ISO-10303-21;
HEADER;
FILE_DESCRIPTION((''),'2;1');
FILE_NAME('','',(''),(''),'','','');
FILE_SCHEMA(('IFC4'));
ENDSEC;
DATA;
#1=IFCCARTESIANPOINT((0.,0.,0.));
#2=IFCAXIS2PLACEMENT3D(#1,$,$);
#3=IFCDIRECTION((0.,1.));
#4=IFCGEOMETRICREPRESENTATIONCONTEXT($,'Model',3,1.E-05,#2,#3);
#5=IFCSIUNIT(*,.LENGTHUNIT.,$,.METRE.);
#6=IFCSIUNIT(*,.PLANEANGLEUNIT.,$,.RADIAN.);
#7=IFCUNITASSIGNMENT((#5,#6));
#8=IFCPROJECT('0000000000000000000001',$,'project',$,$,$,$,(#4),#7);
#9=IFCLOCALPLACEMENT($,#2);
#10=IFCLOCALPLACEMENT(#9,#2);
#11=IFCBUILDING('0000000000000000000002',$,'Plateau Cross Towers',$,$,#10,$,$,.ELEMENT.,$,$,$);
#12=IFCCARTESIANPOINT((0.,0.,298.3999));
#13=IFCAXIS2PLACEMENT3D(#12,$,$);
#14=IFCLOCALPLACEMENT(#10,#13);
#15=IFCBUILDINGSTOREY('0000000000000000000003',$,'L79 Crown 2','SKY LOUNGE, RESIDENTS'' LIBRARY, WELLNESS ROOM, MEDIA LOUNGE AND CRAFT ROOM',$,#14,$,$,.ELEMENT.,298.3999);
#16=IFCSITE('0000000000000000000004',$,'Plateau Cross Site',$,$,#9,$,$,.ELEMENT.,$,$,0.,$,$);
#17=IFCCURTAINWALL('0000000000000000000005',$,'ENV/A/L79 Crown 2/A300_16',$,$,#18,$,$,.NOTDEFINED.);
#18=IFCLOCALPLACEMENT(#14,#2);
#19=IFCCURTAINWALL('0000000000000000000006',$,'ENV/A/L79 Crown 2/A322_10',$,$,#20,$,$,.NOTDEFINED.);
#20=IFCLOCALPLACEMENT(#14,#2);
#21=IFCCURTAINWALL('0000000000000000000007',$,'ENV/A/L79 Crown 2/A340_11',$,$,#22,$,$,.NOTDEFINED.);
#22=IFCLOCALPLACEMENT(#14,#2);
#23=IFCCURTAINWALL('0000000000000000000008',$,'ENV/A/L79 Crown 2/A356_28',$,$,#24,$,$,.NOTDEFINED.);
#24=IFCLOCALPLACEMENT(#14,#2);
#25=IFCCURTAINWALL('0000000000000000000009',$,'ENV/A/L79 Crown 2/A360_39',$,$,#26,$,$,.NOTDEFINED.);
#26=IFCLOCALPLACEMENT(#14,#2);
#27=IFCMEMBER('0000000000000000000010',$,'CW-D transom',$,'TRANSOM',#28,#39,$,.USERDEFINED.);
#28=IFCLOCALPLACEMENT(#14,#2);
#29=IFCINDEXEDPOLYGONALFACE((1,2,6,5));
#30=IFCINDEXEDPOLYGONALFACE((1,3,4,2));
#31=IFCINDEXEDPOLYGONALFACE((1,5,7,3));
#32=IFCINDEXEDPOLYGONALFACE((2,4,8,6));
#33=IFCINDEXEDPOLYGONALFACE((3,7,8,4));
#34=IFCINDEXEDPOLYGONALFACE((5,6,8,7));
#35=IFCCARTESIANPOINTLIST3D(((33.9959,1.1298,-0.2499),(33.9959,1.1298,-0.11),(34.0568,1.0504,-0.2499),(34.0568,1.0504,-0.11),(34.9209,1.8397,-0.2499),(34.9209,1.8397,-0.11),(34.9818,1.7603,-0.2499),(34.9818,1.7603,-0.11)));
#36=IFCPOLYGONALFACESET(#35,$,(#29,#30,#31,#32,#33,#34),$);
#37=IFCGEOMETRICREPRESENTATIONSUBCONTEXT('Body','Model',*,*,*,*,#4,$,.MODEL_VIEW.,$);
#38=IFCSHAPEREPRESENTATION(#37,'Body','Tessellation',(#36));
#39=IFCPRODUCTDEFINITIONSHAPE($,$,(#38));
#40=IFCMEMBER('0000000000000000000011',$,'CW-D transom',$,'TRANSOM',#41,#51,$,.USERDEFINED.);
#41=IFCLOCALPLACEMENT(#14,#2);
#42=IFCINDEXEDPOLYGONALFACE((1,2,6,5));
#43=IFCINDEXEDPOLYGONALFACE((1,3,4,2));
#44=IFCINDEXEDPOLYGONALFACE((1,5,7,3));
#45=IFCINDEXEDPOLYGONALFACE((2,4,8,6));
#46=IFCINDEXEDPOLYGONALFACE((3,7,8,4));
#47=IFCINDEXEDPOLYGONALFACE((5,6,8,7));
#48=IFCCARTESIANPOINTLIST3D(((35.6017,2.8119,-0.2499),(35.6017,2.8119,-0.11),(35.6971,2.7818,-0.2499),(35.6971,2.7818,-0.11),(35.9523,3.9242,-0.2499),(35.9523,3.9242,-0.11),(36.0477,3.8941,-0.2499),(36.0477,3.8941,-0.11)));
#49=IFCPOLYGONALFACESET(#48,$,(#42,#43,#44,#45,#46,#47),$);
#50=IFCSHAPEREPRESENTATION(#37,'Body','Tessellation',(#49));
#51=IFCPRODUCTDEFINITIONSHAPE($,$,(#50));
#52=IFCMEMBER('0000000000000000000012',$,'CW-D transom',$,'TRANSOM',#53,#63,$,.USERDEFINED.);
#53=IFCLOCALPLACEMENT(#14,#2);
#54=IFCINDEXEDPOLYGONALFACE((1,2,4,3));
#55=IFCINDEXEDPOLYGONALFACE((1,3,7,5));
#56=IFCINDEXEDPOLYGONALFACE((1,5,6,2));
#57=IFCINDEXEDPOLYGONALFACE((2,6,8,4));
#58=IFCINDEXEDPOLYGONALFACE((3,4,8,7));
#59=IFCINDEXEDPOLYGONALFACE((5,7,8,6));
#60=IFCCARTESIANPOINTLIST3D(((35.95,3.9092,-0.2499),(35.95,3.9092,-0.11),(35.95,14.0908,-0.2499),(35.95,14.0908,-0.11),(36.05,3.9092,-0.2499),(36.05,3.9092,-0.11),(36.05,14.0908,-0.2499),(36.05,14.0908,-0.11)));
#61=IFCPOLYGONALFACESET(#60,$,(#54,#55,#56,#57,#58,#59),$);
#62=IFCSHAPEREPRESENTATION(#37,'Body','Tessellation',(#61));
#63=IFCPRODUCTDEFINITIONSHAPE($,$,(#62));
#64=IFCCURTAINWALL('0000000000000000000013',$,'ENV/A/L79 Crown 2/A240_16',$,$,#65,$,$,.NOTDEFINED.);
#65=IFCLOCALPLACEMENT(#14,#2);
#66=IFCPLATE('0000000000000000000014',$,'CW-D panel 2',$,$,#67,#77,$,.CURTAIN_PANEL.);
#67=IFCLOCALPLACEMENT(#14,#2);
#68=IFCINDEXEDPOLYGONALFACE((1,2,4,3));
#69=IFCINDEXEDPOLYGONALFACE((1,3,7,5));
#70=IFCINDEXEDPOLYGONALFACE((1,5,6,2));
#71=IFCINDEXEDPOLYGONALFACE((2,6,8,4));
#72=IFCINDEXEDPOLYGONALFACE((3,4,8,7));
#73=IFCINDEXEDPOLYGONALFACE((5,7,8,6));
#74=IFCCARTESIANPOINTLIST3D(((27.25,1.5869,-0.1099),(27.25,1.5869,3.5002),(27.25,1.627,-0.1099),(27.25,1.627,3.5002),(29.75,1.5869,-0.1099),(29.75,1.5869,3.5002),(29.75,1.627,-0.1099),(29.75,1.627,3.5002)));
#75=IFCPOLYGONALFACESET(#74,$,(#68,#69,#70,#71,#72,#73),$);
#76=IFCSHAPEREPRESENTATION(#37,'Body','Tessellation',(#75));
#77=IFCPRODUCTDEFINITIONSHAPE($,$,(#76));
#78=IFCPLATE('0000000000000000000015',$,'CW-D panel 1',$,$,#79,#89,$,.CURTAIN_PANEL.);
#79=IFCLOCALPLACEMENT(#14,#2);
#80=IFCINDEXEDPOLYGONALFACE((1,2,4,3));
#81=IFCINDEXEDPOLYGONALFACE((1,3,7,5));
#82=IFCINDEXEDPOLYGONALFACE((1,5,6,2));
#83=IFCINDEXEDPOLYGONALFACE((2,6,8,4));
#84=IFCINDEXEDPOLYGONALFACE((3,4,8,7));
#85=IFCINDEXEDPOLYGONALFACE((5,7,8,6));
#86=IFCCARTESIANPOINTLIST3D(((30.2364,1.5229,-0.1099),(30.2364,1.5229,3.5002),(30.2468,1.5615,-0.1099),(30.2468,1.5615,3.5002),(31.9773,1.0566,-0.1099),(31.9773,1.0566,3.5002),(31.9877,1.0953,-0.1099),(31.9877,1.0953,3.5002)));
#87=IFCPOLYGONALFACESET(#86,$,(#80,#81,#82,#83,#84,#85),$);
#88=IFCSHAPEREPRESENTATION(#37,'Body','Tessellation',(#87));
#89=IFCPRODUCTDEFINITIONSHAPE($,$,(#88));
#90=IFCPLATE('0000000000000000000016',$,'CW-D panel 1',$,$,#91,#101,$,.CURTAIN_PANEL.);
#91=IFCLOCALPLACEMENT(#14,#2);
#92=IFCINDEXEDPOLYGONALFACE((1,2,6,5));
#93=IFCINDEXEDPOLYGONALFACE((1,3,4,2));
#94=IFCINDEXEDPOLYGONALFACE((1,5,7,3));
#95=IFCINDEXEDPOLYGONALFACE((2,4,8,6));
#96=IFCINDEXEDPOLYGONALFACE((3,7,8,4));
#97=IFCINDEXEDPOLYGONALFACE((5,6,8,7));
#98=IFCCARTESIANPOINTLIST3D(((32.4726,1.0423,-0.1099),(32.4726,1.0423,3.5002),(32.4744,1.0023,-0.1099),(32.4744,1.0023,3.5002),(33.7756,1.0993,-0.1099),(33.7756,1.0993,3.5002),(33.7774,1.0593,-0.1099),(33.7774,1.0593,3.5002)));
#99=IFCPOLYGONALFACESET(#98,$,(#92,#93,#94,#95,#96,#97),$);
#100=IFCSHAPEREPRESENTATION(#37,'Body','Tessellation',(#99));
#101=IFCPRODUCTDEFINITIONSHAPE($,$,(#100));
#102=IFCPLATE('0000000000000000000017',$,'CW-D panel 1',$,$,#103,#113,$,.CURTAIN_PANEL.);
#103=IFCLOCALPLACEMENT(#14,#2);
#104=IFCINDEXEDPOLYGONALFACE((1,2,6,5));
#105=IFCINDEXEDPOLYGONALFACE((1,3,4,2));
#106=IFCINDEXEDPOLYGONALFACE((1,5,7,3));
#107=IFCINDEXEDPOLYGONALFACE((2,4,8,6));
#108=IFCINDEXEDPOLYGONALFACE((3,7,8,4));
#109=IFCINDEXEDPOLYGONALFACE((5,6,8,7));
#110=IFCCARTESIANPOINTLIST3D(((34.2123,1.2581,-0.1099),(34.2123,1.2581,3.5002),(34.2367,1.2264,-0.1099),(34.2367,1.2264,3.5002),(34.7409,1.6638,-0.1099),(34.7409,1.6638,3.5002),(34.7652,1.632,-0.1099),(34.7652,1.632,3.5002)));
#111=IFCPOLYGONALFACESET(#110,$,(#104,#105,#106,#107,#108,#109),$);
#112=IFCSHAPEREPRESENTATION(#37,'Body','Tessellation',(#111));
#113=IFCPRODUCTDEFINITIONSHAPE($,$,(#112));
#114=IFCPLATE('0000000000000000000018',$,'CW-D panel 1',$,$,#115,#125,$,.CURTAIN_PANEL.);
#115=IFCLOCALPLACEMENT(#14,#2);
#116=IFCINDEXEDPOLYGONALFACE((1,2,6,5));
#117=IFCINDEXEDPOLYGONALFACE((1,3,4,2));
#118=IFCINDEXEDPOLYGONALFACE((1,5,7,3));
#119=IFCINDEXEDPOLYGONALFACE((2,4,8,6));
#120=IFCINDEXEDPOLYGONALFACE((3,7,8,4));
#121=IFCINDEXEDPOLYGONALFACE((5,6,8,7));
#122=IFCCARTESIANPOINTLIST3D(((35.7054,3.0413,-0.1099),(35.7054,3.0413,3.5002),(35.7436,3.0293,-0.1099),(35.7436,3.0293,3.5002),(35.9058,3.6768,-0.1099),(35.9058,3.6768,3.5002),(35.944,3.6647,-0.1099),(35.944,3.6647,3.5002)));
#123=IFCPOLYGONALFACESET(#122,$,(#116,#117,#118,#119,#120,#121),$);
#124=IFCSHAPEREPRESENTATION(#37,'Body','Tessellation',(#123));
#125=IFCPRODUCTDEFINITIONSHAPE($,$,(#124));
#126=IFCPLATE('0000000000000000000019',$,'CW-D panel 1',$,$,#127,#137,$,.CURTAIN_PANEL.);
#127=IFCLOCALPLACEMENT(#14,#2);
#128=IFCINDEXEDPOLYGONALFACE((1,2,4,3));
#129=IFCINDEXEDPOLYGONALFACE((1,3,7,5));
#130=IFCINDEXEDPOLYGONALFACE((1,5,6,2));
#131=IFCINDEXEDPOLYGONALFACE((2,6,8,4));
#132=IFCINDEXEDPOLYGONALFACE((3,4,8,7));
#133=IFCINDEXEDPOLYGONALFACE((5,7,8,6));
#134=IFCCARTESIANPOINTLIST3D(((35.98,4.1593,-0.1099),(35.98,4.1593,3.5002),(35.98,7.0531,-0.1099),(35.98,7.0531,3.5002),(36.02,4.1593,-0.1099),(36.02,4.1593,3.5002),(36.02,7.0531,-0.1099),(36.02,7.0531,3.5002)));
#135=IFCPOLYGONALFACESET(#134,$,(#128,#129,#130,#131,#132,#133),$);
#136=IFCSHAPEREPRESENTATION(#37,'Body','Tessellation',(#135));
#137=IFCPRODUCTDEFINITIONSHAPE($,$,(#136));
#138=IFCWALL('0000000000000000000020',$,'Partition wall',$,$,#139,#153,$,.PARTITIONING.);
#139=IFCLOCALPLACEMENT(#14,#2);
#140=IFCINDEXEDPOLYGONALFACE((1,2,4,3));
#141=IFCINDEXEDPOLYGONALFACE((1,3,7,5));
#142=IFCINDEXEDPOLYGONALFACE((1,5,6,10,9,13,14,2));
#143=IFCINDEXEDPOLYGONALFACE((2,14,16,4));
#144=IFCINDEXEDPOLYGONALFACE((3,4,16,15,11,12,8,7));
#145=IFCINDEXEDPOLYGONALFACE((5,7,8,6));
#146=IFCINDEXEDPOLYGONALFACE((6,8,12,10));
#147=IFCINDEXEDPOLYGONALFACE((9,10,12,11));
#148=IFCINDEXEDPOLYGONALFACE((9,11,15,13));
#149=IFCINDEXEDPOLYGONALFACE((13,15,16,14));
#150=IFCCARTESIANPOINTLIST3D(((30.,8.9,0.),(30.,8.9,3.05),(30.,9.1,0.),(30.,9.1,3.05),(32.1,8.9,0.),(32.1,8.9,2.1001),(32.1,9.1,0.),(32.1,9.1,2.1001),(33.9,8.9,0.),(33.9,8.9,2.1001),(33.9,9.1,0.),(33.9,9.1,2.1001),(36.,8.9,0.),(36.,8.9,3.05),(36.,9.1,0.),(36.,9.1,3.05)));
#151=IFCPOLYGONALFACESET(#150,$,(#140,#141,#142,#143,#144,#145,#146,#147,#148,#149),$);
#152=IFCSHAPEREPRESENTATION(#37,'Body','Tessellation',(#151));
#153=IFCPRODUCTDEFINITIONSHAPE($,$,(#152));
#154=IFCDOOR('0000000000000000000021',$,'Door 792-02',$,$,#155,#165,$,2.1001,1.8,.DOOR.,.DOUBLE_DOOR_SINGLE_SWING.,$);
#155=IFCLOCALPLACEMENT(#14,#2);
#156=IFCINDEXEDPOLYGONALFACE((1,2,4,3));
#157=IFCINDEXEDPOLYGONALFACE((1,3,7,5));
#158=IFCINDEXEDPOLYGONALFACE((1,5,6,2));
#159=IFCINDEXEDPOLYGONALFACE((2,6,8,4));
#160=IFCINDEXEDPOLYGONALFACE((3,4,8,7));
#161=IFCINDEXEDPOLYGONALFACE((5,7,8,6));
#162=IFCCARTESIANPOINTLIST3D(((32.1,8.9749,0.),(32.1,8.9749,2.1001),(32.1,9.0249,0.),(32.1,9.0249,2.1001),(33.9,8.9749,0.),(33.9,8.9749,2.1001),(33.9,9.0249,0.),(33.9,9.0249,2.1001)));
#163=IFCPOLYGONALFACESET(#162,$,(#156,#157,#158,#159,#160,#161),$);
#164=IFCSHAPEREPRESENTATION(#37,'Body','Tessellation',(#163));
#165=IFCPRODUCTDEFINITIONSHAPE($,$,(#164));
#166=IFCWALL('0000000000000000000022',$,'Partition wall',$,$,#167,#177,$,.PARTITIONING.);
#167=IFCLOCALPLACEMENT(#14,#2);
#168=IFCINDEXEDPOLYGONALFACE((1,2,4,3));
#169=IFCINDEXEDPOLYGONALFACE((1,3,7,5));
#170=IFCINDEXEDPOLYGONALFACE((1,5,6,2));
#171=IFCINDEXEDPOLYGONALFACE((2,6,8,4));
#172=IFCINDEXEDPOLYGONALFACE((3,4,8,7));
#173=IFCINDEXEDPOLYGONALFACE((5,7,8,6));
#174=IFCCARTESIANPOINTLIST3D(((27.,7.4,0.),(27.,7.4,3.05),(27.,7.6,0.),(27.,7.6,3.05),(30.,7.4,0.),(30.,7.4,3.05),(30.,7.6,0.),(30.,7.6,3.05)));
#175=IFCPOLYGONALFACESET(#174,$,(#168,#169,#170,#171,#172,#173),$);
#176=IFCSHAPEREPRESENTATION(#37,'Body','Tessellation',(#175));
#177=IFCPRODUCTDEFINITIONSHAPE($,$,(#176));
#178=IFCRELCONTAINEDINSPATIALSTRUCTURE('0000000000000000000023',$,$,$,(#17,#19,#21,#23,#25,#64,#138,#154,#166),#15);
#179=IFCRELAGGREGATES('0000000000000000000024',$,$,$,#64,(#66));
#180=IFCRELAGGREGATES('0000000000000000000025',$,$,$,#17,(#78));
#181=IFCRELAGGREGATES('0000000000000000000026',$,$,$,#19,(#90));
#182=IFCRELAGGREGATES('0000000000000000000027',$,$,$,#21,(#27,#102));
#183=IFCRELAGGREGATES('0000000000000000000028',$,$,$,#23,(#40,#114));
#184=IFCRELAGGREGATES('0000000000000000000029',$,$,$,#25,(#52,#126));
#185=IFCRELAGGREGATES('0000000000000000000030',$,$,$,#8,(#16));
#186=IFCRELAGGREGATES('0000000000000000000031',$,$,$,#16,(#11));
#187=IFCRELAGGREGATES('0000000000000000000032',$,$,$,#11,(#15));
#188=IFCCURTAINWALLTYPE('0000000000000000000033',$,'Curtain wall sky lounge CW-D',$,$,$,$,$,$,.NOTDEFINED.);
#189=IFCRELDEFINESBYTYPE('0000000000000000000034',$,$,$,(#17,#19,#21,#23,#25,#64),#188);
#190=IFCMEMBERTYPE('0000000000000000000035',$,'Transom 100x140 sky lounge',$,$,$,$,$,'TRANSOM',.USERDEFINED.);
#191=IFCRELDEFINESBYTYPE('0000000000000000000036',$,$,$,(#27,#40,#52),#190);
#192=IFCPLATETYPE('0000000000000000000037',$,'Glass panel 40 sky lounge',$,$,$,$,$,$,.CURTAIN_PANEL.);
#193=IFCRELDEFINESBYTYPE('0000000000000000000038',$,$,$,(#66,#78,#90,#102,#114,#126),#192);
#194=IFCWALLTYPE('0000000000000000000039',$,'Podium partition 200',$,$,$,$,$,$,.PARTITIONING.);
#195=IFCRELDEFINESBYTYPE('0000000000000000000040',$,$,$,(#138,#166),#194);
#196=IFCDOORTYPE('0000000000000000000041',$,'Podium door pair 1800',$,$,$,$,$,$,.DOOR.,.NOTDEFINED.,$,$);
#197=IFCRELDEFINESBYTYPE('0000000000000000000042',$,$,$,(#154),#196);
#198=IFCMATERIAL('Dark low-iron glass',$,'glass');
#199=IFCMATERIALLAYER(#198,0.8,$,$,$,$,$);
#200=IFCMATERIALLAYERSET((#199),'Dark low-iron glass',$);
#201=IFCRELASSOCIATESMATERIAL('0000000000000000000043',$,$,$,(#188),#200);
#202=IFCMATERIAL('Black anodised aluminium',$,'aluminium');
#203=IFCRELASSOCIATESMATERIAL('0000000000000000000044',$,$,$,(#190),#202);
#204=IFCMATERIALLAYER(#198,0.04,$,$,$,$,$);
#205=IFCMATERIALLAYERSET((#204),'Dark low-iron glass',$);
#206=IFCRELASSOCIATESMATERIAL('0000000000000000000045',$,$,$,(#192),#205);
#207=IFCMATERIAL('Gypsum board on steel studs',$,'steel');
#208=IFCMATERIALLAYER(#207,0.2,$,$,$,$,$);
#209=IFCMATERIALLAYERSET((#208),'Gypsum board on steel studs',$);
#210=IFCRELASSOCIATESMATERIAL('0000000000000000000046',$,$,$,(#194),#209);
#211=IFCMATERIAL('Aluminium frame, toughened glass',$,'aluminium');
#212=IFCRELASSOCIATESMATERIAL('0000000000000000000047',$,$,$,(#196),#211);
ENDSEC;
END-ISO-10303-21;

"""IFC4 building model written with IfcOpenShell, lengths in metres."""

from ifc_helpers import new_model, si_unit, direction, frame, frame_2d, origin, origin_2d, place, context, subcontext, project, spatial, rectangle, extrude, material, layer, layer_set, material_profile, profile_set, type_object, element, fill, aggregate, save


model = new_model("IFC4")

# Units and contexts
model_context = context("Model", 3, precision=1e-05, world=origin(), true_north=direction((0.0, 1.0)))
body_context = subcontext(model_context, "Body", "Model", "MODEL_VIEW")
ifc_project = project(units=[si_unit("LENGTHUNIT", "METRE"), si_unit("PLANEANGLEUNIT", "RADIAN")], contexts=[model_context])

# Site, building, storey
site_placement = place(None, origin())
site = spatial("IfcSite", under=ifc_project, at=site_placement, Name="Plateau Cross Site", CompositionType="ELEMENT", RefElevation=0.0)
building_placement = place(site_placement, origin())
building = spatial("IfcBuilding", under=site, at=building_placement, Name="Plateau Cross Towers", CompositionType="ELEMENT")
storey_placement = place(building_placement, frame((0.0, 0.0, 298.3999)))
storey = spatial("IfcBuildingStorey", under=building, at=storey_placement, Name="L79 Crown 2", Description="SKY LOUNGE, RESIDENTS' LIBRARY, WELLNESS ROOM, MEDIA LOUNGE AND CRAFT ROOM", CompositionType="ELEMENT", Elevation=298.3999)

# Curtain walls
ifc_material_1 = material(Name="Dark low-iron glass", Category="glass")
ifc_layer_1 = layer(ifc_material_1, 0.8)
ifc_layer_set_1 = layer_set([ifc_layer_1], Name="Dark low-iron glass")
curtain_wall_type = type_object("IfcCurtainWallType", Name="Curtain wall sky lounge CW-D", PredefinedType="NOTDEFINED", material=ifc_layer_set_1)
curtain_wall_1_placement = place(storey_placement, origin())
curtain_wall_1 = element("IfcCurtainWall", 1, at=curtain_wall_1_placement, inside=storey, type_object=curtain_wall_type, Name="ENV/A/L79 Crown 2/A300_16", PredefinedType="NOTDEFINED")
ifc_material_2 = material(Name="Black anodised aluminium", Category="aluminium")
curtain_wall_2_placement = place(storey_placement, origin())
curtain_wall_2 = element("IfcCurtainWall", 2, at=curtain_wall_2_placement, inside=storey, type_object=curtain_wall_type, Name="ENV/A/L79 Crown 2/A322_10", PredefinedType="NOTDEFINED")

# Curtain wall
curtain_wall_3_placement = place(storey_placement, origin())
curtain_wall_3 = element("IfcCurtainWall", 3, at=curtain_wall_3_placement, inside=storey, type_object=curtain_wall_type, Name="ENV/A/L79 Crown 2/A340_11", PredefinedType="NOTDEFINED")

# Curtain wall
curtain_wall_4_placement = place(storey_placement, origin())
curtain_wall_4 = element("IfcCurtainWall", 4, at=curtain_wall_4_placement, inside=storey, type_object=curtain_wall_type, Name="ENV/A/L79 Crown 2/A356_28", PredefinedType="NOTDEFINED")

# Curtain wall
curtain_wall_5_placement = place(storey_placement, origin())
curtain_wall_5 = element("IfcCurtainWall", 5, at=curtain_wall_5_placement, inside=storey, type_object=curtain_wall_type, Name="ENV/A/L79 Crown 2/A360_39", PredefinedType="NOTDEFINED")

# Members
ifc_material_profile_1 = material_profile(ifc_material_2, rectangle(XDim=0.1001, YDim=0.1399, at=origin_2d()), Name="TRANSOM 100x140")
ifc_profile_set_1 = profile_set([ifc_material_profile_1], Name="Black anodised aluminium")
member_type_1 = type_object("IfcMemberType", Name="Transom 100x140 sky lounge", ElementType="TRANSOM", PredefinedType="USERDEFINED", material=ifc_profile_set_1)
member_1_placement = place(storey_placement, frame((34.0264, 1.0901, -0.1799), z_axis=(0.793293, 0.60884, 0.0), x_axis=(-0.60884, 0.793293, 0.0)))
member_1 = element("IfcMember", 6, at=member_1_placement, type_object=member_type_1, Name="CW-D transom", ObjectType="TRANSOM", PredefinedType="USERDEFINED", context=body_context, shape_type="SweptSolid", body=[
    extrude(rectangle(XDim=0.1001, YDim=0.1399, at=origin_2d()), origin(), (0.0, 0.0, 1.0), 1.166),
])
member_2_placement = place(storey_placement, frame((35.6494, 2.7969, -0.1799), z_axis=(0.30061, 0.953747, 0.0), x_axis=(-0.953747, 0.30061, 0.0)))
member_2 = element("IfcMember", 7, at=member_2_placement, type_object=member_type_1, Name="CW-D transom", ObjectType="TRANSOM", PredefinedType="USERDEFINED", context=body_context, shape_type="SweptSolid", body=[
    extrude(rectangle(XDim=0.1001, YDim=0.1399, at=origin_2d()), origin(), (0.0, 0.0, 1.0), 1.1663),
])
member_3_placement = place(storey_placement, frame((36.0, 3.9092, -0.1799), z_axis=(0.0, 1.0, 0.0), x_axis=(-1.0, 0.0, 0.0)))
member_3 = element("IfcMember", 8, at=member_3_placement, type_object=member_type_1, Name="CW-D transom", ObjectType="TRANSOM", PredefinedType="USERDEFINED", context=body_context, shape_type="SweptSolid", body=[
    extrude(rectangle(XDim=0.1001, YDim=0.1399, at=origin_2d()), origin(), (0.0, 0.0, 1.0), 10.1816),
])

# Curtain wall, plate
curtain_wall_6_placement = place(storey_placement, origin())
curtain_wall_6 = element("IfcCurtainWall", 9, at=curtain_wall_6_placement, inside=storey, type_object=curtain_wall_type, Name="ENV/A/L79 Crown 2/A240_16", PredefinedType="NOTDEFINED")
ifc_layer_2 = layer(ifc_material_1, 0.04)
ifc_layer_set_2 = layer_set([ifc_layer_2], Name="Dark low-iron glass")
plate_type = type_object("IfcPlateType", Name="Glass panel 40 sky lounge", PredefinedType="CURTAIN_PANEL", material=ifc_layer_set_2)
plate_1_placement = place(storey_placement, frame((28.5, 1.6069, -0.1099), z_axis=(0.0, 0.0, 1.0), x_axis=(1.0, 0.0, 0.0)))
plate_1 = element("IfcPlate", 10, at=plate_1_placement, type_object=plate_type, Name="CW-D panel 2", PredefinedType="CURTAIN_PANEL", context=body_context, shape_type="SweptSolid", body=[
    extrude(rectangle(XDim=2.5, YDim=0.04, at=origin_2d()), origin(), (0.0, 0.0, 1.0), 3.6101),
])
aggregate(curtain_wall_6, [plate_1])

# Plates
plate_2_placement = place(storey_placement, frame((31.1121, 1.3091, -0.1099), z_axis=(0.0, 0.0, 1.0), x_axis=(0.965958, -0.258699, 0.0)))
plate_2 = element("IfcPlate", 11, at=plate_2_placement, type_object=plate_type, Name="CW-D panel 1", PredefinedType="CURTAIN_PANEL", context=body_context, shape_type="SweptSolid", body=[
    extrude(rectangle(XDim=1.8022, YDim=0.04, at=origin_2d()), origin(), (0.0, 0.0, 1.0), 3.6101),
])
aggregate(curtain_wall_1, [plate_2])
plate_3_placement = place(storey_placement, frame((33.125, 1.0508, -0.1099), z_axis=(0.0, 0.0, 1.0), x_axis=(0.999044, 0.043723, 0.0)))
plate_3 = element("IfcPlate", 12, at=plate_3_placement, type_object=plate_type, Name="CW-D panel 1", PredefinedType="CURTAIN_PANEL", context=body_context, shape_type="SweptSolid", body=[
    extrude(rectangle(XDim=1.3042, YDim=0.04, at=origin_2d()), origin(), (0.0, 0.0, 1.0), 3.6101),
])
aggregate(curtain_wall_2, [plate_3])
plate_4_placement = place(storey_placement, frame((34.4888, 1.4451, -0.1099), z_axis=(0.0, 0.0, 1.0), x_axis=(0.793316, 0.608811, 0.0)))
plate_4 = element("IfcPlate", 13, at=plate_4_placement, type_object=plate_type, Name="CW-D panel 1", PredefinedType="CURTAIN_PANEL", context=body_context, shape_type="SweptSolid", body=[
    extrude(rectangle(XDim=0.6663, YDim=0.04, at=origin_2d()), origin(), (0.0, 0.0, 1.0), 3.6101),
])
aggregate(curtain_wall_3, [member_1, plate_4])
plate_5_placement = place(storey_placement, frame((35.8247, 3.353, -0.1099), z_axis=(0.0, 0.0, 1.0), x_axis=(0.300686, 0.953723, 0.0)))
plate_5 = element("IfcPlate", 14, at=plate_5_placement, type_object=plate_type, Name="CW-D panel 1", PredefinedType="CURTAIN_PANEL", context=body_context, shape_type="SweptSolid", body=[
    extrude(rectangle(XDim=0.6663, YDim=0.04, at=origin_2d()), origin(), (0.0, 0.0, 1.0), 3.6101),
])
aggregate(curtain_wall_4, [member_2, plate_5])
plate_6_placement = place(storey_placement, frame((36.0, 5.6062, -0.1099), z_axis=(0.0, 0.0, 1.0), x_axis=(0.0, 1.0, 0.0)))
plate_6 = element("IfcPlate", 15, at=plate_6_placement, type_object=plate_type, Name="CW-D panel 1", PredefinedType="CURTAIN_PANEL", context=body_context, shape_type="SweptSolid", body=[
    extrude(rectangle(XDim=2.8938, YDim=0.04, at=origin_2d()), origin(), (0.0, 0.0, 1.0), 3.6101),
])
aggregate(curtain_wall_5, [member_3, plate_6])

# Wall, opening, door
ifc_material_3 = material(Name="Gypsum board on steel studs", Category="steel")
ifc_layer_3 = layer(ifc_material_3, 0.2)
ifc_layer_set_3 = layer_set([ifc_layer_3], Name="Gypsum board on steel studs")
wall_type = type_object("IfcWallType", Name="Podium partition 200", PredefinedType="PARTITIONING", material=ifc_layer_set_3)
wall_1_placement = place(storey_placement, frame((30.0, 9.0, 0.0), z_axis=(0.0, 0.0, 1.0), x_axis=(1.0, 0.0, 0.0)))
wall_1 = element("IfcWall", 16, at=wall_1_placement, inside=storey, type_object=wall_type, Name="Partition wall", PredefinedType="PARTITIONING", context=body_context, shape_type="SweptSolid", body=[
    extrude(rectangle(XDim=6.0, YDim=0.2, at=frame_2d((3.0, 0.0))), origin(), (0.0, 0.0, 1.0), 3.05),
])
opening_placement = place(wall_1_placement, frame((2.1001, 0.0, 0.0)))
opening = element("IfcOpeningElement", 17, at=opening_placement, cuts=wall_1, PredefinedType="OPENING", context=body_context, shape_type="SweptSolid", body=[
    extrude(rectangle(XDim=1.8, YDim=2.1001, at=frame_2d((0.8999, 1.05))), frame((0.0, 0.1099, 0.0), z_axis=(0.0, -1.0, 0.0), x_axis=(1.0, 0.0, 0.0)), (0.0, 0.0, 1.0), 0.22),
])
ifc_material_4 = material(Name="Aluminium frame, toughened glass", Category="aluminium")
door_type = type_object("IfcDoorType", Name="Podium door pair 1800", OperationType="NOTDEFINED", PredefinedType="DOOR", material=ifc_material_4)
door_placement = place(opening_placement, origin())
door = element("IfcDoor", 18, at=door_placement, inside=storey, type_object=door_type, Name="Door 792-02", OperationType="DOUBLE_DOOR_SINGLE_SWING", OverallHeight=2.1001, OverallWidth=1.8, PredefinedType="DOOR", context=body_context, shape_type="SweptSolid", body=[
    extrude(rectangle(XDim=1.8, YDim=2.1001, at=frame_2d((0.8999, 1.05))), frame((0.0, 0.0249, 0.0), z_axis=(0.0, -1.0, 0.0), x_axis=(1.0, 0.0, 0.0)), (0.0, 0.0, 1.0), 0.05),
])
fill(opening, door)

# Wall
wall_2_placement = place(storey_placement, frame((30.0, 7.5, 0.0), z_axis=(0.0, 0.0, 1.0), x_axis=(-1.0, 0.0, 0.0)))
element("IfcWall", 19, at=wall_2_placement, inside=storey, type_object=wall_type, Name="Partition wall", PredefinedType="PARTITIONING", context=body_context, shape_type="SweptSolid", body=[
    extrude(rectangle(XDim=3.0, YDim=0.2, at=frame_2d((1.5, 0.0))), origin(), (0.0, 0.0, 1.0), 3.05),
])

save(model, "model.ifc")
